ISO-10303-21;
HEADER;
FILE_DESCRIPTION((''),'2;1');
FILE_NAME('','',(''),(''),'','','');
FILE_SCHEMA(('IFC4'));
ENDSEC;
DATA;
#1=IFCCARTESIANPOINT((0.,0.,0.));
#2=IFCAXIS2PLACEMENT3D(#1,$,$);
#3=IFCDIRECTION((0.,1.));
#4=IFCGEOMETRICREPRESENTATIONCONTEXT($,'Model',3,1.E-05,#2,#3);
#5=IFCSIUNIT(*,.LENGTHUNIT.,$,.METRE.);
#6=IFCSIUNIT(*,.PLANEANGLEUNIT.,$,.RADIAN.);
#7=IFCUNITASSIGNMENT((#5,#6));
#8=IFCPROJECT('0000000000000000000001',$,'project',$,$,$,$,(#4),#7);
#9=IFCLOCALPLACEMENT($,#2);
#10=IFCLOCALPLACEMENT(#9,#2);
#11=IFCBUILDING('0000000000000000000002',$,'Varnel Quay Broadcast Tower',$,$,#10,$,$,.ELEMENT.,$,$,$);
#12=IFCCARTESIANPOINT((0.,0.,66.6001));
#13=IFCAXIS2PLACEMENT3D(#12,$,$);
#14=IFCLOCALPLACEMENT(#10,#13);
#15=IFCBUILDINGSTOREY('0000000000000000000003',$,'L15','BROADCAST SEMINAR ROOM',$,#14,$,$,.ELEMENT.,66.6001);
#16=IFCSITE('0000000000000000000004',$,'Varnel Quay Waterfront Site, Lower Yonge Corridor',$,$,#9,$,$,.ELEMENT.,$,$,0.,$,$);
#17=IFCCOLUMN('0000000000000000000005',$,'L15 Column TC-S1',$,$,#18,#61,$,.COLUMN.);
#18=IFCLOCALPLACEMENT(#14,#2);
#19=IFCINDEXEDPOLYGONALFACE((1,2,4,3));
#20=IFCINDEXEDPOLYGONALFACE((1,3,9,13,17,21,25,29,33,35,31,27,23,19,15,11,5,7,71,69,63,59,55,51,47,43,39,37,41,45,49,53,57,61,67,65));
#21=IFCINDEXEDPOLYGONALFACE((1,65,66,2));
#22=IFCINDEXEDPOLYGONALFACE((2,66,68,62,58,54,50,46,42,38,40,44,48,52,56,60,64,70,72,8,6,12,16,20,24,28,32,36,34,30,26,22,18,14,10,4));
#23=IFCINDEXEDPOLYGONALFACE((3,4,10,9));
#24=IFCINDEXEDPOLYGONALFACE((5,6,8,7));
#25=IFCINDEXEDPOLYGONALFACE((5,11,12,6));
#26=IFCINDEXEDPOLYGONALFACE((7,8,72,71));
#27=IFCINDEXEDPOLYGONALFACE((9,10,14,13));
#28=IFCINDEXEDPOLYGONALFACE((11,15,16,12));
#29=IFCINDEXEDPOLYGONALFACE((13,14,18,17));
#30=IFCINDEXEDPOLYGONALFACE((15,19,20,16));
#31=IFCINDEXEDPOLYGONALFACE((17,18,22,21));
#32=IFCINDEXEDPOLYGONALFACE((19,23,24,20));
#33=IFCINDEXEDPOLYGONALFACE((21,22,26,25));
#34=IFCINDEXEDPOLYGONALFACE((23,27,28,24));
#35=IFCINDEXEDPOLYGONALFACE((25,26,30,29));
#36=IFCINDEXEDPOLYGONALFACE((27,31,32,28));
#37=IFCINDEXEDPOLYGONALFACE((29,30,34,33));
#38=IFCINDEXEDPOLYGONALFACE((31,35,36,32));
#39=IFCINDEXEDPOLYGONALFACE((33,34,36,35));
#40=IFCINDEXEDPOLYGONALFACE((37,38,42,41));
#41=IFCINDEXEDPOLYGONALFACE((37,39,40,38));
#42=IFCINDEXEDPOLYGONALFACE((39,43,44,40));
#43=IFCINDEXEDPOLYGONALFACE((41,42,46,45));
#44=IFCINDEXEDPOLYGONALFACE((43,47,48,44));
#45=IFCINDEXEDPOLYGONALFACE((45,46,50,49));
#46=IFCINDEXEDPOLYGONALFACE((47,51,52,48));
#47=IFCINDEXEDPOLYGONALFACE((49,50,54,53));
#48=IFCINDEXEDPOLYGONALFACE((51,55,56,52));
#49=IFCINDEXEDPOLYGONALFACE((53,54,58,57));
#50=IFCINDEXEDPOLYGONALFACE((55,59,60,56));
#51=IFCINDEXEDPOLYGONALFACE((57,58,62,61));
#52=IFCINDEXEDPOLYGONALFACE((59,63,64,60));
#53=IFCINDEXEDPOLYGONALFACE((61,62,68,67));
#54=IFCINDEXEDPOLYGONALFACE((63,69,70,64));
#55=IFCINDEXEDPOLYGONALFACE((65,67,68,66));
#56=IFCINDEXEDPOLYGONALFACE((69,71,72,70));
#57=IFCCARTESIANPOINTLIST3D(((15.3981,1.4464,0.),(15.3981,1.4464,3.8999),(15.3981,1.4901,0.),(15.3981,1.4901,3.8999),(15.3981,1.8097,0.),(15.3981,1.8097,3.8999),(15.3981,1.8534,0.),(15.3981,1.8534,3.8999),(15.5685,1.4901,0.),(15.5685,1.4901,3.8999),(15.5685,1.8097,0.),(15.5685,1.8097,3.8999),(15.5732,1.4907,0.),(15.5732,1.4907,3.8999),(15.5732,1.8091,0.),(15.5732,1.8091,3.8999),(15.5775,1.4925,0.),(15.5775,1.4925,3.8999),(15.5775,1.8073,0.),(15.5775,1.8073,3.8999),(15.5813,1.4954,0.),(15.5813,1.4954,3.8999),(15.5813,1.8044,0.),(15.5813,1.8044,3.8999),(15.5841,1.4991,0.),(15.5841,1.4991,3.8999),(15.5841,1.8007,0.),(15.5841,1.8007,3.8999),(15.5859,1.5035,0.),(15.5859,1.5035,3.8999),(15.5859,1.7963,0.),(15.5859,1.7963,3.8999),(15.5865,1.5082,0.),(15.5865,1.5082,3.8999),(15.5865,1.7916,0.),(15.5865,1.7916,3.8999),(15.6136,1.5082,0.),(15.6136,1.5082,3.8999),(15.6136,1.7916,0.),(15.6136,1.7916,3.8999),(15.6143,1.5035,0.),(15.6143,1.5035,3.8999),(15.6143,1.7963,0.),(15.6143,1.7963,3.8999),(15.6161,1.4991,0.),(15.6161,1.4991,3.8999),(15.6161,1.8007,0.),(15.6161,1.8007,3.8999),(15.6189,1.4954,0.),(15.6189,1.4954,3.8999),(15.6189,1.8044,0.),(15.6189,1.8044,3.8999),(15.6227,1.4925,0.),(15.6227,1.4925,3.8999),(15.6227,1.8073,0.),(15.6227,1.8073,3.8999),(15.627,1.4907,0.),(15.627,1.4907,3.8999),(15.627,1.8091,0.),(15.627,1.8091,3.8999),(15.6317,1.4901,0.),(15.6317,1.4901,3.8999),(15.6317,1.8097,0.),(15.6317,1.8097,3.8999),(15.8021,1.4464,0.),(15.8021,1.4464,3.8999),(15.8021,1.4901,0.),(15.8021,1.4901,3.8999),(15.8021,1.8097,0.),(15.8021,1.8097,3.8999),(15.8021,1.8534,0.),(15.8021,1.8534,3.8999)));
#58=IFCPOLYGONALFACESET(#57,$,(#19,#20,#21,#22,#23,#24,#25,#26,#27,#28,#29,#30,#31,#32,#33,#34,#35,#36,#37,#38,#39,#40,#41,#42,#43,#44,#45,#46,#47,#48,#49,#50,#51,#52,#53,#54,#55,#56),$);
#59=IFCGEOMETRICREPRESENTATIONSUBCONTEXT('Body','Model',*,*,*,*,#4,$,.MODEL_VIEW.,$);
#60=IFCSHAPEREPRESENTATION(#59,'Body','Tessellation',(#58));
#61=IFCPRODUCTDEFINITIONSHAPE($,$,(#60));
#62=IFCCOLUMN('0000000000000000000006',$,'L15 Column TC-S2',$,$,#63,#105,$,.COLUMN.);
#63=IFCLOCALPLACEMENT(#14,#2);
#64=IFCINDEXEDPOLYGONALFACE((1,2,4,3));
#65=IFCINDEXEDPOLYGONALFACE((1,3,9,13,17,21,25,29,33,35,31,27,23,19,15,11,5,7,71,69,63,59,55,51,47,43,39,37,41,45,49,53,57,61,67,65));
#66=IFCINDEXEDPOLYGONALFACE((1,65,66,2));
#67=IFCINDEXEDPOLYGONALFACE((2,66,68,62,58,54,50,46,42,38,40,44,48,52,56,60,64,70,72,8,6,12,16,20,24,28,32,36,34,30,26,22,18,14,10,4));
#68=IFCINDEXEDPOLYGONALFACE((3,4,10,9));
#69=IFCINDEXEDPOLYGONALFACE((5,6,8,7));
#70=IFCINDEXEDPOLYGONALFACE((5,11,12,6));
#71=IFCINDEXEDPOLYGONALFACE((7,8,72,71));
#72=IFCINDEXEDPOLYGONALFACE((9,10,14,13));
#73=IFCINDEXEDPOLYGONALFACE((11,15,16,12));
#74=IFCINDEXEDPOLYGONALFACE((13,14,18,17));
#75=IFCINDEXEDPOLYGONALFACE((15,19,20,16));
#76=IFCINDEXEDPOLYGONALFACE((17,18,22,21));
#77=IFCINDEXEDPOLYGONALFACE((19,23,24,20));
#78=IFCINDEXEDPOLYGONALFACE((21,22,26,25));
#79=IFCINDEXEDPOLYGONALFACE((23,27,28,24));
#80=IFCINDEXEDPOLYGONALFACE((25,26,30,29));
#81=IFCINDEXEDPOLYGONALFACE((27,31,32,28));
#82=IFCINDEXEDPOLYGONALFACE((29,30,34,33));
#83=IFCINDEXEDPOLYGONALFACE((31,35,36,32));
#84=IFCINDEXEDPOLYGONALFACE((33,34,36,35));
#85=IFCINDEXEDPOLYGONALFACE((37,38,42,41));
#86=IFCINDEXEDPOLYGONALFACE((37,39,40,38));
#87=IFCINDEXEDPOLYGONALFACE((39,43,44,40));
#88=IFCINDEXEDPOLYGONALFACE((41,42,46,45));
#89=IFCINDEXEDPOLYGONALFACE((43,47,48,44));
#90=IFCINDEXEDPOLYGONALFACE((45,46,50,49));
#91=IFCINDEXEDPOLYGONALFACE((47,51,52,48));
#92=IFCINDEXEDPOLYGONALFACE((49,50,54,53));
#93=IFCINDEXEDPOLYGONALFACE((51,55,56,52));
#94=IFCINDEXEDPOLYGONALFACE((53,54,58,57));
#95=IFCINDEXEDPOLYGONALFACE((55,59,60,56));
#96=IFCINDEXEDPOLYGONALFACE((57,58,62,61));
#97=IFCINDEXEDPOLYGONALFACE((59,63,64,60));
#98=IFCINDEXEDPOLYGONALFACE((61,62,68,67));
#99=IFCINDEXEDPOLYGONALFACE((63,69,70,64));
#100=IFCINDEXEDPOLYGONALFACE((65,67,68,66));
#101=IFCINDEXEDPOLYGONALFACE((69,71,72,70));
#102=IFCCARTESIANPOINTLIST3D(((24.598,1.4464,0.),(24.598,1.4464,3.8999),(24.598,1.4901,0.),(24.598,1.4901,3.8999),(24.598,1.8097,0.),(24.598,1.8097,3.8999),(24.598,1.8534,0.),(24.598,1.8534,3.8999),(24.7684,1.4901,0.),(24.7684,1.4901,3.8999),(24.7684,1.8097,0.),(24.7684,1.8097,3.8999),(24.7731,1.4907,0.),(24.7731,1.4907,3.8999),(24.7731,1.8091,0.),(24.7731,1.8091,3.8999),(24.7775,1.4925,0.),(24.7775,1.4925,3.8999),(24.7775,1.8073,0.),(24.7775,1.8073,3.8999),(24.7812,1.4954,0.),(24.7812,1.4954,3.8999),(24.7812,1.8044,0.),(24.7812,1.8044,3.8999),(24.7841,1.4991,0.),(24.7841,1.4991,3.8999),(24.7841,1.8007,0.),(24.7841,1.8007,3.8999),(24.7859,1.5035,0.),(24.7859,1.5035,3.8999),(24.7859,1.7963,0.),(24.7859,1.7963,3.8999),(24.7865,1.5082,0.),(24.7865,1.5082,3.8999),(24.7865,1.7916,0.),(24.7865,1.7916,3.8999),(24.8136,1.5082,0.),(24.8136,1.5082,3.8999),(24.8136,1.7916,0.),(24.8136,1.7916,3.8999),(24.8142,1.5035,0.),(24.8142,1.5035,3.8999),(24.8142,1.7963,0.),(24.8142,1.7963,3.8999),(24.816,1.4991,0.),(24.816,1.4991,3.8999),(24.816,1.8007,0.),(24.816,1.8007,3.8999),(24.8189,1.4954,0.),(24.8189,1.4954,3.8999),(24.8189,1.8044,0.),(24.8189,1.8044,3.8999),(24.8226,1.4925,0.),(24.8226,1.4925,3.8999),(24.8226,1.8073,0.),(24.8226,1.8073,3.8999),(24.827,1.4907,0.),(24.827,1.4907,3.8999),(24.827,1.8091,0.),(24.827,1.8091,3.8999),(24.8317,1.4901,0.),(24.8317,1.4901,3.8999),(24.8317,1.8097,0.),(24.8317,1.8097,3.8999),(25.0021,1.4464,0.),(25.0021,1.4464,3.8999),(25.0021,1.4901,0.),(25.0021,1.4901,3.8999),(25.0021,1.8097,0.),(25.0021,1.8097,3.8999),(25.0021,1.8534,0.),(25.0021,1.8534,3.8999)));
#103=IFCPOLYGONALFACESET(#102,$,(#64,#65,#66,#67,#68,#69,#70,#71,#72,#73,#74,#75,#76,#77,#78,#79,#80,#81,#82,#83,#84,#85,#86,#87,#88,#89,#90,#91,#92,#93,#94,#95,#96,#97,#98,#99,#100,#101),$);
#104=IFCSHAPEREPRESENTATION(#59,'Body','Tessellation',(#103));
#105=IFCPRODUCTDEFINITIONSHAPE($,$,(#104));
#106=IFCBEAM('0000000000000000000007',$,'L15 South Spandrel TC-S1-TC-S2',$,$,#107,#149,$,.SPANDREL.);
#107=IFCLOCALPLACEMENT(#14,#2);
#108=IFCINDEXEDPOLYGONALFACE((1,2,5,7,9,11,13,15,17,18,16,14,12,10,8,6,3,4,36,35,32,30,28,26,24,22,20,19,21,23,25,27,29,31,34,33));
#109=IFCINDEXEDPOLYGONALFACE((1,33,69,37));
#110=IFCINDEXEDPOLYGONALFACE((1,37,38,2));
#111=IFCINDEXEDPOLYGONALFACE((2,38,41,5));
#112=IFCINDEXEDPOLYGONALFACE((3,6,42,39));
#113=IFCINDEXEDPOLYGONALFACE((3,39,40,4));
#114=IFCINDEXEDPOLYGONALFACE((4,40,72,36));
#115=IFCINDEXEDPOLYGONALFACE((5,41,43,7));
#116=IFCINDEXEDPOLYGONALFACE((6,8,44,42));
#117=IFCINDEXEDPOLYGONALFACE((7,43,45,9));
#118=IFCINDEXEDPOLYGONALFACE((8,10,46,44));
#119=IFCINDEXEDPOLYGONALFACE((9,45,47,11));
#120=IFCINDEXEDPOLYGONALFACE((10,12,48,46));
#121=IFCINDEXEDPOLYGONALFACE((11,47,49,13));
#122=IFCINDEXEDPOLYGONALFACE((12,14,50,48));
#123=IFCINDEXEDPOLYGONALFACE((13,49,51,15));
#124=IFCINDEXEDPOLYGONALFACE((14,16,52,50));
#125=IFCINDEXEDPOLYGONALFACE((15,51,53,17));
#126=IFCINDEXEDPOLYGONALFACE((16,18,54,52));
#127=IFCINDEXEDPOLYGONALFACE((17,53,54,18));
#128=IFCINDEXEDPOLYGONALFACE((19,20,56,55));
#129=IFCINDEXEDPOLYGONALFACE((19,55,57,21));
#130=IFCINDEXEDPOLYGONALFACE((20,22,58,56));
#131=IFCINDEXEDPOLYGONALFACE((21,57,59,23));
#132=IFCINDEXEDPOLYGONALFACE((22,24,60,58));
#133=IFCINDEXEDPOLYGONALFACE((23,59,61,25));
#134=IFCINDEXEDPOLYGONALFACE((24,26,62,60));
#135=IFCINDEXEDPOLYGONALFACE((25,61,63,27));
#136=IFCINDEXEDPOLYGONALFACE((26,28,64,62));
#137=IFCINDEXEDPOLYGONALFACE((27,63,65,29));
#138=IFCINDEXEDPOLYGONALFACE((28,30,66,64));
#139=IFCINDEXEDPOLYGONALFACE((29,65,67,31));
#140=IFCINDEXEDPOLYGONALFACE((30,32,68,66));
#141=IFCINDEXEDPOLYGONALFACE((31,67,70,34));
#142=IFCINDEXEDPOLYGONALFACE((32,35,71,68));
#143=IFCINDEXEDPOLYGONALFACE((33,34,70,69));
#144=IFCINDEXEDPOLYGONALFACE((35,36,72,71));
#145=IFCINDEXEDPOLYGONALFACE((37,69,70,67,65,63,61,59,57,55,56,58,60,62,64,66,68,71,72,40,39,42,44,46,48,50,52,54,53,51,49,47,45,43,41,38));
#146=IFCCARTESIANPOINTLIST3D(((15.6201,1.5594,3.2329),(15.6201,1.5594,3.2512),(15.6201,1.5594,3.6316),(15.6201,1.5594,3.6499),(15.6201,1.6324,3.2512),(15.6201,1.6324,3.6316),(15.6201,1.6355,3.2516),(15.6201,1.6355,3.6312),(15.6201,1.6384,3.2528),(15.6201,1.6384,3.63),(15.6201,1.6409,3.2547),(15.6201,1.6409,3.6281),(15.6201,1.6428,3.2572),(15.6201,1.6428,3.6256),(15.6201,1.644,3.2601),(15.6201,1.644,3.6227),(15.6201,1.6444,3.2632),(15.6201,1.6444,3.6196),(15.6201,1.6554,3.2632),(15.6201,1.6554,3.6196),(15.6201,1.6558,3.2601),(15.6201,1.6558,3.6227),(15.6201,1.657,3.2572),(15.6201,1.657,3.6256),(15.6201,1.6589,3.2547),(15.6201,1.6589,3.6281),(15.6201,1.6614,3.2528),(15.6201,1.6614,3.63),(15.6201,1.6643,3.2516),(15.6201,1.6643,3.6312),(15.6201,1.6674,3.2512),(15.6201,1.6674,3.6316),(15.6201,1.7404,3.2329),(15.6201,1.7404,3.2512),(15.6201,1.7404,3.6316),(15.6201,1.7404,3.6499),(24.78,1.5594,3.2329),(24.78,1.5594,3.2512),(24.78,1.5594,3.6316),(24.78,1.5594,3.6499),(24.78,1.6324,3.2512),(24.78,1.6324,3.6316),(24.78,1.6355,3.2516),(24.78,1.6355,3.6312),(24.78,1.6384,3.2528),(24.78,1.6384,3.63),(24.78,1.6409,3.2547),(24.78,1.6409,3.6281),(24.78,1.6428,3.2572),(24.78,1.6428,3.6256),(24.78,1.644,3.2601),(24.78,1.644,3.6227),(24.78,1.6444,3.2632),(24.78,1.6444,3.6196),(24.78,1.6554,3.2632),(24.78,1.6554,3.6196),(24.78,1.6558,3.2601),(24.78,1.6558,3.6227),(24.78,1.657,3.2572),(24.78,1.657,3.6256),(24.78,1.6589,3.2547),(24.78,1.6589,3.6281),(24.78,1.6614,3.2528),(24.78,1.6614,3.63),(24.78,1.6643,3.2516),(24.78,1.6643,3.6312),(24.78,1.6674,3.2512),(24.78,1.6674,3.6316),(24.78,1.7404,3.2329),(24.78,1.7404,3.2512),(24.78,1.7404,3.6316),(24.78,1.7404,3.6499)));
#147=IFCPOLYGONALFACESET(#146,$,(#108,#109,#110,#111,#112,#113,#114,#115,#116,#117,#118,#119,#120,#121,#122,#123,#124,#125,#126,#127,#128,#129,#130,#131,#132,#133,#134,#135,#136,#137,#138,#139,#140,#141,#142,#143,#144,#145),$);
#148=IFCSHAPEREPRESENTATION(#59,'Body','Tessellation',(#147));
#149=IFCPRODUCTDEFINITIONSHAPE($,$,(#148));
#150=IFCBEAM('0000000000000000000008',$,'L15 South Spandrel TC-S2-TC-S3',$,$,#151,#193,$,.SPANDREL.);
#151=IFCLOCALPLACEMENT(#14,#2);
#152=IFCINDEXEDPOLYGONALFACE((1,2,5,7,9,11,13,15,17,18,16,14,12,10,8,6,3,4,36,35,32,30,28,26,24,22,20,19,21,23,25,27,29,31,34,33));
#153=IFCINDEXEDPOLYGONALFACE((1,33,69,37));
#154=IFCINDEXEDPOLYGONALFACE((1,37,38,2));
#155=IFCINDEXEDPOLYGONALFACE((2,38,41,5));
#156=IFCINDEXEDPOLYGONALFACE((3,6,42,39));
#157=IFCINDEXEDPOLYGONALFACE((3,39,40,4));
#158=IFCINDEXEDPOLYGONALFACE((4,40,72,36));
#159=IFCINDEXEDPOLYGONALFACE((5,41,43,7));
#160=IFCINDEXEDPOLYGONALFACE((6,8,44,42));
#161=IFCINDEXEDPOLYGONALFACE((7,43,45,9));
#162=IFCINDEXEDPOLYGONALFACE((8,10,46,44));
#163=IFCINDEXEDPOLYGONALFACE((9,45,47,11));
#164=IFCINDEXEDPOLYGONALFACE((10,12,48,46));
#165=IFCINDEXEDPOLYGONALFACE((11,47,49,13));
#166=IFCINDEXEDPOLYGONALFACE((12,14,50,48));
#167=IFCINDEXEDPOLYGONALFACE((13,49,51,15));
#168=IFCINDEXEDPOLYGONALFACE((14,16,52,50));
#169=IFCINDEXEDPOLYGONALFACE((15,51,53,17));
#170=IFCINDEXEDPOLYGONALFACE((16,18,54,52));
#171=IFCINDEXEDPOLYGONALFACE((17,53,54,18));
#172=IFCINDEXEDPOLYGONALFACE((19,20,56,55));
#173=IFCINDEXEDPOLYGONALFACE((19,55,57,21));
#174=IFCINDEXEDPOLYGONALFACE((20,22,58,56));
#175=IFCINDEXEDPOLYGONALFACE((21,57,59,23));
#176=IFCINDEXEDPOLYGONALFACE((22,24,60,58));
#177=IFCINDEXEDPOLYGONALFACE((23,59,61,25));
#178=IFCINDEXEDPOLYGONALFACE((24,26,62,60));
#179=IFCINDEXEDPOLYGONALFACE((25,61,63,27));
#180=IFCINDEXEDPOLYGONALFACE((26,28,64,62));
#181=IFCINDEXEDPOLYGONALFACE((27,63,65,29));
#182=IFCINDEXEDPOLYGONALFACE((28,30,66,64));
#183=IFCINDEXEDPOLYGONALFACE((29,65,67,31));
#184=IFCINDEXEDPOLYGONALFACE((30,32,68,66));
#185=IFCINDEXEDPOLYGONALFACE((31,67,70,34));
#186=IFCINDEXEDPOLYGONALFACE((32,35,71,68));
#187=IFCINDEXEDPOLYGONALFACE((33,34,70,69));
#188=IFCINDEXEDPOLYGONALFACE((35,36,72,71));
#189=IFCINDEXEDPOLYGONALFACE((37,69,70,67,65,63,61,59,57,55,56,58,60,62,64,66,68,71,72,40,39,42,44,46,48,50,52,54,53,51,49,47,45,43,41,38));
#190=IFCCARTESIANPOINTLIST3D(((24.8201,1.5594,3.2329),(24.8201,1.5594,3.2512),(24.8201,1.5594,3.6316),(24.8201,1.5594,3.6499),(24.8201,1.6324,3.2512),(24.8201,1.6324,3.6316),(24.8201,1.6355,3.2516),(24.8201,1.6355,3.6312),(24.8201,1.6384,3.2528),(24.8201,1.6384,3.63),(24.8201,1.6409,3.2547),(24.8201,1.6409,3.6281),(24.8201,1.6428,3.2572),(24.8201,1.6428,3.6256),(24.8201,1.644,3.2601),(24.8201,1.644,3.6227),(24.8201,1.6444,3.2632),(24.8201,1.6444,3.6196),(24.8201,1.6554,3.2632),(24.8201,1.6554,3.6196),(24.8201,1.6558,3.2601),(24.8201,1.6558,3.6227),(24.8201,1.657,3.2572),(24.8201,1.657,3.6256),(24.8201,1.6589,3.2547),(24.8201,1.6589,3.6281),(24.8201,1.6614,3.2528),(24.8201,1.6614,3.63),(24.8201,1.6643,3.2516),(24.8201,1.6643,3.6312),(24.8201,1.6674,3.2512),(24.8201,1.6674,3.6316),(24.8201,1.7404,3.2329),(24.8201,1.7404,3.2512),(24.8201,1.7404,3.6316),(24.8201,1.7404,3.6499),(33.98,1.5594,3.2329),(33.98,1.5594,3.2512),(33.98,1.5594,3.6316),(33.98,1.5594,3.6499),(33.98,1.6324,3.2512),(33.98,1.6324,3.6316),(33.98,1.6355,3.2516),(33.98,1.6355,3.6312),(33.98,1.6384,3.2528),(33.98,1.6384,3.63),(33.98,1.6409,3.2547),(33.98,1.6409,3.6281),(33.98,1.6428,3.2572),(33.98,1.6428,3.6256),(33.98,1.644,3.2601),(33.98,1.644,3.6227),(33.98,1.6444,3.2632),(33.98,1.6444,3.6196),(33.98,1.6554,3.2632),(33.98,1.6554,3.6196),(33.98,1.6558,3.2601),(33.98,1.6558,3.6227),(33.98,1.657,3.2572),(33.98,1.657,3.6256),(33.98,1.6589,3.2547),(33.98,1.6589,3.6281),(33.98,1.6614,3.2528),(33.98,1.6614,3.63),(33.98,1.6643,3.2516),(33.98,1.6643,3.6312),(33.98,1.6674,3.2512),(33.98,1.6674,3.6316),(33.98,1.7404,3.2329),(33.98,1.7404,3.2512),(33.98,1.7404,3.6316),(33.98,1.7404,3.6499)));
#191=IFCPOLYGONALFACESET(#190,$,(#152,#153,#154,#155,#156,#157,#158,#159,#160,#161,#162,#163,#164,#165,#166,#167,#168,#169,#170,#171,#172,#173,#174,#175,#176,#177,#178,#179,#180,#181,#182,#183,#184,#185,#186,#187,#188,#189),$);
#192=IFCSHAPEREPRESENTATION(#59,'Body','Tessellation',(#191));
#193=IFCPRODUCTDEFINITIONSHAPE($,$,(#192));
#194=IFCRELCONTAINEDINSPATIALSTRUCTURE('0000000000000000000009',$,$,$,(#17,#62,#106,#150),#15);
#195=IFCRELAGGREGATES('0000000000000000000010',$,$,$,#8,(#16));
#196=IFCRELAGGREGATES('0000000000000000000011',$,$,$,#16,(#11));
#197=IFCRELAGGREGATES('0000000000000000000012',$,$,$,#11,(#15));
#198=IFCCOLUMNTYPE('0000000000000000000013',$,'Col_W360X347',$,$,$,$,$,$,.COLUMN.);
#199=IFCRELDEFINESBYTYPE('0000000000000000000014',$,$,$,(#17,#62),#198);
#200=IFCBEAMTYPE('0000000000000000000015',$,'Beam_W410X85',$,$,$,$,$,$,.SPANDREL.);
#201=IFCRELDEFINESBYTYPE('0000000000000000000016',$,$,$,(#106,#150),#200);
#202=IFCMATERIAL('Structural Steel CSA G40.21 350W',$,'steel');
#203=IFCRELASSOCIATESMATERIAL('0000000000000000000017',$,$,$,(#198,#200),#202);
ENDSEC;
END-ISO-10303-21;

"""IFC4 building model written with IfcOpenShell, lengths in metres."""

from ifc_helpers import new_model, si_unit, direction, frame, origin, origin_2d, place, context, subcontext, project, spatial, i_section, extrude, source, transform, mapped, material, material_profile, profile_set, type_object, type_shapes, element, save


model = new_model("IFC4")

# Units and contexts
model_context = context("Model", 3, precision=1e-05, world=origin(), true_north=direction((0.0, 1.0)))
body_context = subcontext(model_context, "Body", "Model", "MODEL_VIEW")
ifc_project = project(units=[si_unit("LENGTHUNIT", "METRE"), si_unit("PLANEANGLEUNIT", "RADIAN")], contexts=[model_context])

# Site, building, storey
site_placement = place(None, origin())
site = spatial("IfcSite", under=ifc_project, at=site_placement, Name="Varnel Quay Waterfront Site, Lower Yonge Corridor", CompositionType="ELEMENT", RefElevation=0.0)
building_placement = place(site_placement, origin())
building = spatial("IfcBuilding", under=site, at=building_placement, Name="Varnel Quay Broadcast Tower", CompositionType="ELEMENT")
storey_placement = place(building_placement, frame((0.0, 0.0, 66.6001)))
storey = spatial("IfcBuildingStorey", under=building, at=storey_placement, Name="L15", Description="BROADCAST SEMINAR ROOM", CompositionType="ELEMENT", Elevation=66.6001)

# Columns
ifc_material_1 = material(Name="Structural Steel CSA G40.21 350W", Category="steel")
ifc_material_profile_1 = material_profile(ifc_material_1, i_section(OverallWidth=0.4041, OverallDepth=0.407, WebThickness=0.0271, FlangeThickness=0.0437, FilletRadius=0.0181, at=origin_2d()), Name="W360X347")
ifc_profile_set_1 = profile_set([ifc_material_profile_1], Name="Structural Steel CSA G40.21 350W")
column_type = type_object("IfcColumnType", Name="Col_W360X347", PredefinedType="COLUMN", material=ifc_profile_set_1)
shared_shape_1 = source(origin(), body_context, "Body", "SweptSolid", [
    extrude(i_section(OverallWidth=0.4041, OverallDepth=0.407, WebThickness=0.0271, FlangeThickness=0.0437, FilletRadius=0.0181, at=origin_2d()), origin(), (0.0, 0.0, 1.0), 3.8999),
])
type_shapes(column_type, [shared_shape_1])
for number, where, z_axis, x_axis, name in (
    (1, (15.6001, 1.6499, 0.0), (0.0, 0.0, 1.0), (1.0, 0.0, 0.0), "L15 Column TC-S1"),
    (2, (24.8, 1.6499, 0.0), (0.0, 0.0, 1.0), (1.0, 0.0, 0.0), "L15 Column TC-S2"),
):
    element("IfcColumn", number, at=place(storey_placement, frame(where, z_axis=z_axis, x_axis=x_axis)), inside=storey, type_object=column_type, Name=name, PredefinedType="COLUMN", context=body_context, shape_type="MappedRepresentation", body=[
        mapped(shared_shape_1, transform((0.0, 0.0, 0.0), x_axis=(1.0, 0.0, 0.0), y_axis=(0.0, 1.0, 0.0), z_axis=(0.0, 0.0, 1.0), scale=1.0)),
    ])

# Beams
ifc_material_profile_2 = material_profile(ifc_material_1, i_section(OverallWidth=0.1809, OverallDepth=0.417, WebThickness=0.011, FlangeThickness=0.0183, FilletRadius=0.012, at=origin_2d()), Name="W410X85")
ifc_profile_set_2 = profile_set([ifc_material_profile_2], Name="Structural Steel CSA G40.21 350W")
beam_type_1 = type_object("IfcBeamType", Name="Beam_W410X85", PredefinedType="SPANDREL", material=ifc_profile_set_2)
shared_shape_2 = source(origin(), body_context, "Body", "SweptSolid", [
    extrude(i_section(OverallWidth=0.1809, OverallDepth=0.417, WebThickness=0.011, FlangeThickness=0.0183, FilletRadius=0.012, at=origin_2d()), origin(), (0.0, 0.0, 1.0), 9.1599),
])
type_shapes(beam_type_1, [shared_shape_2])
for number, where, z_axis, x_axis, name in (
    (3, (15.6201, 1.6499, 3.4414), (1.0, 0.0, 0.0), (0.0, 1.0, 0.0), "L15 South Spandrel TC-S1-TC-S2"),
    (4, (24.8201, 1.6499, 3.4414), (1.0, 0.0, 0.0), (0.0, 1.0, 0.0), "L15 South Spandrel TC-S2-TC-S3"),
):
    element("IfcBeam", number, at=place(storey_placement, frame(where, z_axis=z_axis, x_axis=x_axis)), inside=storey, type_object=beam_type_1, Name=name, PredefinedType="SPANDREL", context=body_context, shape_type="MappedRepresentation", body=[
        mapped(shared_shape_2, transform((0.0, 0.0, 0.0), x_axis=(1.0, 0.0, 0.0), y_axis=(0.0, 1.0, 0.0), z_axis=(0.0, 0.0, 1.0), scale=1.0)),
    ])

save(model, "model.ifc")
